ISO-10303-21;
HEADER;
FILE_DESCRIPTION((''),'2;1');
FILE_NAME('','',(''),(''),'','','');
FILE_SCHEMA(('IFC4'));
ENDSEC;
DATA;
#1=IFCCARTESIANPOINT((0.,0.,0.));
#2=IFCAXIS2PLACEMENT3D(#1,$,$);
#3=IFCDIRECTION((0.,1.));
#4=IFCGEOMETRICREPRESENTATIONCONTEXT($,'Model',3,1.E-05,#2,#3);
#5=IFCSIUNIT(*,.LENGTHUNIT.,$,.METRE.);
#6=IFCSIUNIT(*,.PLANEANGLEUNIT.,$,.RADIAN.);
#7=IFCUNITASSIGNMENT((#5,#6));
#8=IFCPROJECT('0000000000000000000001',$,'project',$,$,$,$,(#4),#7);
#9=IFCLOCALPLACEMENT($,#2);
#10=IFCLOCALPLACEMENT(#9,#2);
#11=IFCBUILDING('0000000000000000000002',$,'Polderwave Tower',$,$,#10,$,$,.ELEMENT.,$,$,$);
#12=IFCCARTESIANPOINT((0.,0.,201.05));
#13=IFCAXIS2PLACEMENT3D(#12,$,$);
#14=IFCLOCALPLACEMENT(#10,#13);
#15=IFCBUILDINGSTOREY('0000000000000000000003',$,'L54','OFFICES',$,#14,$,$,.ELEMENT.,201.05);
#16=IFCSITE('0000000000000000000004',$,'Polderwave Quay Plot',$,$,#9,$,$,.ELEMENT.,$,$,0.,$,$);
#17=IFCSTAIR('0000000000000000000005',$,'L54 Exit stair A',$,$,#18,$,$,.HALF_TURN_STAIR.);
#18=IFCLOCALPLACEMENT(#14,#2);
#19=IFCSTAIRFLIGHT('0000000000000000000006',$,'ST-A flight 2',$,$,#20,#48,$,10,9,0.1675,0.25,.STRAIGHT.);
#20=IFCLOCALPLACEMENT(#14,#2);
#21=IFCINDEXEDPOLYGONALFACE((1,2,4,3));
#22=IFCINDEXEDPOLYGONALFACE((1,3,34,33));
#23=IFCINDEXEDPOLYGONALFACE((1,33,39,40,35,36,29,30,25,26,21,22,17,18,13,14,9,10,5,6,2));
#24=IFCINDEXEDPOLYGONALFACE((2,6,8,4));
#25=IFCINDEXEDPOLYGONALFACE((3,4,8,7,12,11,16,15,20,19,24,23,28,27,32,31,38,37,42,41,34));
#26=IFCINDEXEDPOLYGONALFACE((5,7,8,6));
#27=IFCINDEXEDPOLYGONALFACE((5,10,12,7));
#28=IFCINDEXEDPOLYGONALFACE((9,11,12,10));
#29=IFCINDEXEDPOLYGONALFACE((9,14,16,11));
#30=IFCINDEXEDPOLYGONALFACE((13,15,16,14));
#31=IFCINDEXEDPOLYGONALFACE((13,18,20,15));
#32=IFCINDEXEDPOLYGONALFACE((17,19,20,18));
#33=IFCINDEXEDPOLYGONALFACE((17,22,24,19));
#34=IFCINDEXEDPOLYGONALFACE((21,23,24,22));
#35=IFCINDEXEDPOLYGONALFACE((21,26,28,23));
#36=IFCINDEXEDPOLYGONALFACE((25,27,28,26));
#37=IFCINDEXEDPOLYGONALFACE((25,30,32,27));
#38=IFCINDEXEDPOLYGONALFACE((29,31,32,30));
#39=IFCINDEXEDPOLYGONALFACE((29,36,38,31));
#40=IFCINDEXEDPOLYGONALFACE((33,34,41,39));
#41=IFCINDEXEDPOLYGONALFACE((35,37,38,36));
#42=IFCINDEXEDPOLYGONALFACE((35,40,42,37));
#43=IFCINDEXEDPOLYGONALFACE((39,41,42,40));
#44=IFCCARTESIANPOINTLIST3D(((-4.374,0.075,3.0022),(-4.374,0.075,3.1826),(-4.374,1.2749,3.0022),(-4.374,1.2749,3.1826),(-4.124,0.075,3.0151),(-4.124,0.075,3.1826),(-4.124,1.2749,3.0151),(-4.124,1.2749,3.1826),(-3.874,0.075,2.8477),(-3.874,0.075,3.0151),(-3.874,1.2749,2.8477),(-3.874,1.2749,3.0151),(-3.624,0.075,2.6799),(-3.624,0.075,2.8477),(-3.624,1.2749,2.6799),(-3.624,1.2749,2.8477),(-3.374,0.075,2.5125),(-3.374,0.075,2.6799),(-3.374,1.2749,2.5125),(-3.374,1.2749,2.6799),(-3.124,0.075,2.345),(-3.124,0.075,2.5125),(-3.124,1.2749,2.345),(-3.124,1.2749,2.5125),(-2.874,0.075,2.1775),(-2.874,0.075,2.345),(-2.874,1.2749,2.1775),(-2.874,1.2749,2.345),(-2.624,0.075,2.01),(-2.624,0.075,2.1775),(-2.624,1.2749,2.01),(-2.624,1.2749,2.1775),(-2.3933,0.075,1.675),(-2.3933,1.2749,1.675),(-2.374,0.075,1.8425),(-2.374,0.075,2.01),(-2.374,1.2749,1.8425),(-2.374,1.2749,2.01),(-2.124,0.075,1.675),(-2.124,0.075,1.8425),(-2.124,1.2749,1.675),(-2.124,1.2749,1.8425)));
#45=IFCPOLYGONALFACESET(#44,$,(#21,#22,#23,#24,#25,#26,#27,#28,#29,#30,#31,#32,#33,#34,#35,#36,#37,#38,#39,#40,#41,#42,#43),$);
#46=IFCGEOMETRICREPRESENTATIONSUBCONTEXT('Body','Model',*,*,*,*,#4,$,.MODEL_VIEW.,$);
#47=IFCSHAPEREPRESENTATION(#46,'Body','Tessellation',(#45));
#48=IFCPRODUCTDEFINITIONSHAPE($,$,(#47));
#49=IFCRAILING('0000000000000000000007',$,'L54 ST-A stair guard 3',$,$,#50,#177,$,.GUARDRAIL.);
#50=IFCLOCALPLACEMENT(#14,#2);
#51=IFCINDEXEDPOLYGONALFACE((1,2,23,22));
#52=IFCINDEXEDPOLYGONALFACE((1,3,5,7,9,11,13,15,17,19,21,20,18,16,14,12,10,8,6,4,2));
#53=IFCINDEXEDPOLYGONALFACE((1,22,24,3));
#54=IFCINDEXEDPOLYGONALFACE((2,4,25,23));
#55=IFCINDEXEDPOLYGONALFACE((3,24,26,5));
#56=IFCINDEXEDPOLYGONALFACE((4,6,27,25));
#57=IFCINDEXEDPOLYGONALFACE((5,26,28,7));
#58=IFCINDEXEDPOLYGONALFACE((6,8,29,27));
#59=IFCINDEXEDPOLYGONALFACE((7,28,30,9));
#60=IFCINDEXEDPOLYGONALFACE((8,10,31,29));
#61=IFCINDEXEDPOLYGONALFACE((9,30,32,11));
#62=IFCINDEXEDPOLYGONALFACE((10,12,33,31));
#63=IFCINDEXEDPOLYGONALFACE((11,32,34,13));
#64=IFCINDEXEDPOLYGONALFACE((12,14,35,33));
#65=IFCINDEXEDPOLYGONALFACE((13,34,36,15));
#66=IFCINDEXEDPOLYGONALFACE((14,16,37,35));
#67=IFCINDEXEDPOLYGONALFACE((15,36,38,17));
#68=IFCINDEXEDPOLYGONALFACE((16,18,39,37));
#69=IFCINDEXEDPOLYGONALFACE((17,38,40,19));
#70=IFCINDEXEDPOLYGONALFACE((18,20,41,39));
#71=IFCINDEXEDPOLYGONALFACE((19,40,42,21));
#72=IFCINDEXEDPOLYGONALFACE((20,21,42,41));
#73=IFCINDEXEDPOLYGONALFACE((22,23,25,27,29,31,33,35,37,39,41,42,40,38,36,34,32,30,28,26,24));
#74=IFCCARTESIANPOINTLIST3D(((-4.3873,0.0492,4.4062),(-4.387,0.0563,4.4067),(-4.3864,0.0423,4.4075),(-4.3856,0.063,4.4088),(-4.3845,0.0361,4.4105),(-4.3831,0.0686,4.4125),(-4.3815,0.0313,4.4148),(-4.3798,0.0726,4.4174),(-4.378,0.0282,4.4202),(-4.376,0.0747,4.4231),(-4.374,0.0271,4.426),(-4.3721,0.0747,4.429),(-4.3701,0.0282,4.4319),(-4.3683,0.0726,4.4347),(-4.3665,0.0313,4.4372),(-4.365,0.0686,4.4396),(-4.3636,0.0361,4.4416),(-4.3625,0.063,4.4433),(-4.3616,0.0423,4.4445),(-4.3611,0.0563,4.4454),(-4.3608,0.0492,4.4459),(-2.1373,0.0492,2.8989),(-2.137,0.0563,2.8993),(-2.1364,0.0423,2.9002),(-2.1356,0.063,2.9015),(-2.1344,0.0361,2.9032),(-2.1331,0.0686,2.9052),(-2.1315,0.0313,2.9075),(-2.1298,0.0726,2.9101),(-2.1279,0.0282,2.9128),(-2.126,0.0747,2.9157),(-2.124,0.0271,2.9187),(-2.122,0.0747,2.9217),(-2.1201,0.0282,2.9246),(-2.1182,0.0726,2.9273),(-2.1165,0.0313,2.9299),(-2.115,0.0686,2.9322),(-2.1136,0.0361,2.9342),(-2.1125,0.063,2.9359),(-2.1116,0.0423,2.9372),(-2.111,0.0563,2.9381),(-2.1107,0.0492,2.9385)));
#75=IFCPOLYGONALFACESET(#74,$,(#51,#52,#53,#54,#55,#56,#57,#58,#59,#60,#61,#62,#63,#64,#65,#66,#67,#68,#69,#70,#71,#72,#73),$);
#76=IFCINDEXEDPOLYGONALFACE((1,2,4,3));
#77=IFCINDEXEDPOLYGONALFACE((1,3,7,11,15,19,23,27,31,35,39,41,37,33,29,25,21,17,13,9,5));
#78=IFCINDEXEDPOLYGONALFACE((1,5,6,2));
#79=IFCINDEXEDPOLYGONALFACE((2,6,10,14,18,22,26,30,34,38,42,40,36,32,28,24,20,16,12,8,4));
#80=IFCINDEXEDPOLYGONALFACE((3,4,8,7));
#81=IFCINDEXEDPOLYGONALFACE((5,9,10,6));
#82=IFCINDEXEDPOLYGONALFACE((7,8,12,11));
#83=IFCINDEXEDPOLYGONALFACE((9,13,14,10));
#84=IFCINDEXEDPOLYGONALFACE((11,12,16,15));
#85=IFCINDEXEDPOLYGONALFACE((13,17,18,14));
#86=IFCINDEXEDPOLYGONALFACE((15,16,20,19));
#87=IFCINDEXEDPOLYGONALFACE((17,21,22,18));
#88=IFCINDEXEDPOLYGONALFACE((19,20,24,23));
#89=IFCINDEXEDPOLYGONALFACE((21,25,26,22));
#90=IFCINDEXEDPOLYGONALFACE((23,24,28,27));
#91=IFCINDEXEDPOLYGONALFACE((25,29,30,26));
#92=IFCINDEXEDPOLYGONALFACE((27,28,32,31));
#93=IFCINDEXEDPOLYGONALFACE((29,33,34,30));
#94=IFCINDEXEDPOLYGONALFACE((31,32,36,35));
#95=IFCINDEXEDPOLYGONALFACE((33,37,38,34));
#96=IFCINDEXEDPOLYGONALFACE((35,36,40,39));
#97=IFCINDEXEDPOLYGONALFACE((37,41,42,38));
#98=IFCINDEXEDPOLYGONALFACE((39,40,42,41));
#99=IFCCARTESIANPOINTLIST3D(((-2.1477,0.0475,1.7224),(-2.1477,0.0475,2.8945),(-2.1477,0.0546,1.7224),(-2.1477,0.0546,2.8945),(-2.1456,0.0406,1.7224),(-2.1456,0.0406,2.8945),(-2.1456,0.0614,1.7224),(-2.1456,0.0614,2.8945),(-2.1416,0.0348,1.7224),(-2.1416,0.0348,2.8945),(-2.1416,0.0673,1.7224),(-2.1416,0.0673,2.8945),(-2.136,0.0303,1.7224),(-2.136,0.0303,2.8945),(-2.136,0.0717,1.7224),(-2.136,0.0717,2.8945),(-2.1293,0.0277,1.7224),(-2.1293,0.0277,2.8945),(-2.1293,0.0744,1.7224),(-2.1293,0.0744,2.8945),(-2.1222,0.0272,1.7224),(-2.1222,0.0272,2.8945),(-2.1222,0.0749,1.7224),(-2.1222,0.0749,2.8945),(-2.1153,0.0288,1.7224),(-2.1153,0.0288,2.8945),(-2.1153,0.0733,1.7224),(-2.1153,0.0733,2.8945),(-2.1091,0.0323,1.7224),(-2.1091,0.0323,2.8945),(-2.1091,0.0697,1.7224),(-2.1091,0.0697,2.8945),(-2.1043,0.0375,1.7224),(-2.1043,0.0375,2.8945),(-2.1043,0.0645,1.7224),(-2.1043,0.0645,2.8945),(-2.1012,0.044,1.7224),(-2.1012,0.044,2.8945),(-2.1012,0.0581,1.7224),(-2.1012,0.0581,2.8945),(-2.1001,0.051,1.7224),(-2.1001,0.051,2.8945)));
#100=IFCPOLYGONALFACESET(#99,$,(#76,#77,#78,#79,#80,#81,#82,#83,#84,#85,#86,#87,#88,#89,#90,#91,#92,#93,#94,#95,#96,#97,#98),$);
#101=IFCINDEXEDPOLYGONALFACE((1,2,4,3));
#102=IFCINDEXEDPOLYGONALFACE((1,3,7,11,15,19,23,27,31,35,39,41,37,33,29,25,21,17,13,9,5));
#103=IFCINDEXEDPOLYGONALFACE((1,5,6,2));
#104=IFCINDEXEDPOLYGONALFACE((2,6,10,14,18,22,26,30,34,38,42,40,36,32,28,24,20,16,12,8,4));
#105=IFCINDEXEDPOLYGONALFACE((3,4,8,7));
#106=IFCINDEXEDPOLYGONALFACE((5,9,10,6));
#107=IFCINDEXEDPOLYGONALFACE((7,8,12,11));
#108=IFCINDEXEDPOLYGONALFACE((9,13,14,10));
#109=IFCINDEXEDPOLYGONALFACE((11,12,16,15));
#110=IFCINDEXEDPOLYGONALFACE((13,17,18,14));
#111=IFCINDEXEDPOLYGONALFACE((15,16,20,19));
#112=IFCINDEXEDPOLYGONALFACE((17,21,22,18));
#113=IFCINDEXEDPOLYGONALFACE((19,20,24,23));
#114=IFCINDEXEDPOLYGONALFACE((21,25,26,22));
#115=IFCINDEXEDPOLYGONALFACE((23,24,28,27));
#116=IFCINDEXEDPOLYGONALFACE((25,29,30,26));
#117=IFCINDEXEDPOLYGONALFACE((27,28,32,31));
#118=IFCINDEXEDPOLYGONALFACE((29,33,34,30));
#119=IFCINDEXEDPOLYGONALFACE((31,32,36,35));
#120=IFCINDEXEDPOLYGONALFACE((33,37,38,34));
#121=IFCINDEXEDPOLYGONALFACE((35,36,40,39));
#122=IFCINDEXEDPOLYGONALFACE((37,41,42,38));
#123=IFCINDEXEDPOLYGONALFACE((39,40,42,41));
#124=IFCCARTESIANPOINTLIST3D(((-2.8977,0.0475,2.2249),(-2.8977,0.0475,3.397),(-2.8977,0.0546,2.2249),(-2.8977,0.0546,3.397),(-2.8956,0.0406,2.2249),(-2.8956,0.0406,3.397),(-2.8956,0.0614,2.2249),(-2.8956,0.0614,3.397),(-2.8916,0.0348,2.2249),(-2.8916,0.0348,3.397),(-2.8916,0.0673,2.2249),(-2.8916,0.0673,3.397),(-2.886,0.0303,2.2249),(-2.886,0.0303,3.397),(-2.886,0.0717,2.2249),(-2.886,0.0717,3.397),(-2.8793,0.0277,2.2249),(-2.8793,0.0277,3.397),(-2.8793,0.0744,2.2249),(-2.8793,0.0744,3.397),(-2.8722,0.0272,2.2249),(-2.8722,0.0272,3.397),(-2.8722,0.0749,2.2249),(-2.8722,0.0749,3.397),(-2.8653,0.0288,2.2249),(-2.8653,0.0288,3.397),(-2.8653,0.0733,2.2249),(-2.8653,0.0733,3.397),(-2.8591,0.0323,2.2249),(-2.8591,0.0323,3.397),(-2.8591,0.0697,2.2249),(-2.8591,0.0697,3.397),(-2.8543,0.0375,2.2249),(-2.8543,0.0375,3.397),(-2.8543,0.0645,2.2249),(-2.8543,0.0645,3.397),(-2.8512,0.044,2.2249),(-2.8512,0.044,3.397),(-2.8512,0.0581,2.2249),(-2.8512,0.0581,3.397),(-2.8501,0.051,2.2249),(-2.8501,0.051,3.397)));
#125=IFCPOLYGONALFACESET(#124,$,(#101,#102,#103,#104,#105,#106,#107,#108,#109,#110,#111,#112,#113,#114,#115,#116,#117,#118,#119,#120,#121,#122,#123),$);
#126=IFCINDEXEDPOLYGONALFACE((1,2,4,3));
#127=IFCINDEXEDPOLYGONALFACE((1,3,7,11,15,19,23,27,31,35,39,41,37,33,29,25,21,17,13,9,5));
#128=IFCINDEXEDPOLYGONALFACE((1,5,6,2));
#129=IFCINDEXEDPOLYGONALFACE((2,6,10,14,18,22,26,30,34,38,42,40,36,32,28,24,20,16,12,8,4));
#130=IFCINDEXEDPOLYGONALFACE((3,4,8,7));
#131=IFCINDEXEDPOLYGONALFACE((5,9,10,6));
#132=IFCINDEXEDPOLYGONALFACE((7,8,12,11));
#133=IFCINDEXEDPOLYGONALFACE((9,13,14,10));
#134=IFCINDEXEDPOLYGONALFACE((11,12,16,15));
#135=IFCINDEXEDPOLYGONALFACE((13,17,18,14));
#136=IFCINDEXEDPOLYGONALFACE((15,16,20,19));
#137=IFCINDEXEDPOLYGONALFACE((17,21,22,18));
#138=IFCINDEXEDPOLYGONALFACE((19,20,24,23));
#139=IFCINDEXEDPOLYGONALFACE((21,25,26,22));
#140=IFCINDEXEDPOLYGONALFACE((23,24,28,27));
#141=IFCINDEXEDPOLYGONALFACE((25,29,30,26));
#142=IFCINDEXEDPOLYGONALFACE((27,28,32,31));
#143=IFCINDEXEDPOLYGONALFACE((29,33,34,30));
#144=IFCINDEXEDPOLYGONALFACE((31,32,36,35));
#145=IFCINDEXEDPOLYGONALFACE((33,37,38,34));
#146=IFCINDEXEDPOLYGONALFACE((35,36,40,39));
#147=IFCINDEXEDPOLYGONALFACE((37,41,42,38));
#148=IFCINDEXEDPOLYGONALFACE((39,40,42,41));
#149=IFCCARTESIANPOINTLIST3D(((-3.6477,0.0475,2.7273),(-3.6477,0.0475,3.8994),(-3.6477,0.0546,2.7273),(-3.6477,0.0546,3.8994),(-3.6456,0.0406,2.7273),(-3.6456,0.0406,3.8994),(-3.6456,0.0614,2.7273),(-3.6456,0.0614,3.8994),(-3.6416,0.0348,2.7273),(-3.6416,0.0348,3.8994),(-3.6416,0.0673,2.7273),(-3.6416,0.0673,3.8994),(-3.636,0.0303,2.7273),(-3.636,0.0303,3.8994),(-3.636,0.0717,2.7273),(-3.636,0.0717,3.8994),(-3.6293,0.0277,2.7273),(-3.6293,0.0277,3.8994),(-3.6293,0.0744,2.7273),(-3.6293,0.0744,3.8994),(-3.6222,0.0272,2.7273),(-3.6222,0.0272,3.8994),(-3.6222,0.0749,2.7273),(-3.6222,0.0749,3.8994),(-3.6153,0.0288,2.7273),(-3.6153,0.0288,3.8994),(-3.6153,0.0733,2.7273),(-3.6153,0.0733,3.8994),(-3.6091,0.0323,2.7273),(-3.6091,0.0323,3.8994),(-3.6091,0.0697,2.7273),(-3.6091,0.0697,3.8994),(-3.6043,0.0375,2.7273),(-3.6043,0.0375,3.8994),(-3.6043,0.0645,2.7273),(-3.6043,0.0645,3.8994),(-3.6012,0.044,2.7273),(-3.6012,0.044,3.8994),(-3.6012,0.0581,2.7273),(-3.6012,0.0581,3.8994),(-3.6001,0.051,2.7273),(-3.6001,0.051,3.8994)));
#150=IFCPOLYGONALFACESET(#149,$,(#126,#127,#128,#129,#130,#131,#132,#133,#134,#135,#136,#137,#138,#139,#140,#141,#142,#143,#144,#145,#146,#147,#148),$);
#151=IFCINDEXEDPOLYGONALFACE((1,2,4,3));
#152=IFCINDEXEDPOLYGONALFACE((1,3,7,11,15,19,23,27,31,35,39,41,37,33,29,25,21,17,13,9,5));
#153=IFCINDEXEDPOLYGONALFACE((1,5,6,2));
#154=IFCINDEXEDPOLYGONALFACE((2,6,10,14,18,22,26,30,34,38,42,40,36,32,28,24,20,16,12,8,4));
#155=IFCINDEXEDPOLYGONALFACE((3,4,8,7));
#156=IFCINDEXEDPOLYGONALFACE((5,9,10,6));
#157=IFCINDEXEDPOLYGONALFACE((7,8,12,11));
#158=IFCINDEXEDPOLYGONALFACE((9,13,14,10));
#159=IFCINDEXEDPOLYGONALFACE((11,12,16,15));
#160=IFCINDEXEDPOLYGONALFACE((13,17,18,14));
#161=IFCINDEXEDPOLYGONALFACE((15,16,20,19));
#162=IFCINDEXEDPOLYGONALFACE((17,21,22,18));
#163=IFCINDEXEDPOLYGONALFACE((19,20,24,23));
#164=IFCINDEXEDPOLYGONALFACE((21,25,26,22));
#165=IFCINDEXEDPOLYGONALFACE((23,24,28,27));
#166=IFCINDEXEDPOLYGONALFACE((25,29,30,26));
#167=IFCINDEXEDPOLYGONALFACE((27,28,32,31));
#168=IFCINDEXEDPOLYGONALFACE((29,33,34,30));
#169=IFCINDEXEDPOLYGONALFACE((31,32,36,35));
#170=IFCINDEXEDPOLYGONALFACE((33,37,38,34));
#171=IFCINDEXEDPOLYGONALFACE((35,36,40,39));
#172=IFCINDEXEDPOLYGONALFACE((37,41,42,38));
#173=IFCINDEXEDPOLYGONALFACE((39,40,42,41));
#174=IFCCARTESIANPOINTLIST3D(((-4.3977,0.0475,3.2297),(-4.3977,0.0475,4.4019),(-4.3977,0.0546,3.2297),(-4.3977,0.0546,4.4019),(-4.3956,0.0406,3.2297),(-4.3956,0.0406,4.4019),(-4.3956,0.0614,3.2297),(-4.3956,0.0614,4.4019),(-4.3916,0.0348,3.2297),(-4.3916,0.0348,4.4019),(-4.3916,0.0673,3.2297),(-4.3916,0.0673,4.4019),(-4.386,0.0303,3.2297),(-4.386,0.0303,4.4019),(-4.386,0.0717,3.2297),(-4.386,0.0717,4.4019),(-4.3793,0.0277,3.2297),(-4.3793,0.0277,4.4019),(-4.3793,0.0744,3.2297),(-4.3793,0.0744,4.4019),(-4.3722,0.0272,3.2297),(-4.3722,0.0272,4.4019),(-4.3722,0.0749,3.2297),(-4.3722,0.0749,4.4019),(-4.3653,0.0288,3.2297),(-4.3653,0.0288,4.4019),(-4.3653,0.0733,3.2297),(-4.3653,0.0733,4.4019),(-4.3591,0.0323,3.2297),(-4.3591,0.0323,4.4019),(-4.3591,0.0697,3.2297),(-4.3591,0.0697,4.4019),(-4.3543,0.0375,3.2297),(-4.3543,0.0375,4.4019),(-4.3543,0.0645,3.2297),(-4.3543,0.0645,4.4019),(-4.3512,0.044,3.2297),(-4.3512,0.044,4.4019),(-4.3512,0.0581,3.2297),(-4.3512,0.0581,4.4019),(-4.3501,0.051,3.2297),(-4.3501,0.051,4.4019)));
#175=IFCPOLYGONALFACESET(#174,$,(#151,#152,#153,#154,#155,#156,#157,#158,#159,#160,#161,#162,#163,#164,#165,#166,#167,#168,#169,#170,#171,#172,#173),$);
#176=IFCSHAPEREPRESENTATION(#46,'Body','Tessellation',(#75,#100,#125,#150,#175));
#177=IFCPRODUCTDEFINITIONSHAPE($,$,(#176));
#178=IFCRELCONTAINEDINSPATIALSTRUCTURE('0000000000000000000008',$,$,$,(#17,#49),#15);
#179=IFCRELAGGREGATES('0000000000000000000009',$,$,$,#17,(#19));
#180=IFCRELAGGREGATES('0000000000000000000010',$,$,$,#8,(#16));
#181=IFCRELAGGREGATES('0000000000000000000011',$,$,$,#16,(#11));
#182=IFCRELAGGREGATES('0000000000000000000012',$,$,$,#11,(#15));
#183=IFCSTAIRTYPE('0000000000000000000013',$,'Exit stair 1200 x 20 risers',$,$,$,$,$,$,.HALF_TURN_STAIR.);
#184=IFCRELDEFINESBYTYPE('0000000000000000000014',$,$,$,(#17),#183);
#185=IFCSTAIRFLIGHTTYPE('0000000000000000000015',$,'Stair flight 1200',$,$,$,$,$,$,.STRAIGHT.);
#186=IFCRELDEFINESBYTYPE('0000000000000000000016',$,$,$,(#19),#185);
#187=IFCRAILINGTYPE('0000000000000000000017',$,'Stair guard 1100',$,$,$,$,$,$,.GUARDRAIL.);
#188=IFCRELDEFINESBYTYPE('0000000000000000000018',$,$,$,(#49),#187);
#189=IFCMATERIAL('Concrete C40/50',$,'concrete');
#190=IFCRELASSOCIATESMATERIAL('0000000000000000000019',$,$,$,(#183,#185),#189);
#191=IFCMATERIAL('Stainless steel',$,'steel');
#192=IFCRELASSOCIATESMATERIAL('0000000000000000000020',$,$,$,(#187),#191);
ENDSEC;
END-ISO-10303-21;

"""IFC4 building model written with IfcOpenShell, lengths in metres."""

from ifc_helpers import new_model, si_unit, direction, frame, origin, origin_2d, place, context, subcontext, project, spatial, polyline, circle, outline, extrude, material, type_object, element, aggregate, save


model = new_model("IFC4")

# Units and contexts
model_context = context("Model", 3, precision=1e-05, world=origin(), true_north=direction((0.0, 1.0)))
body_context = subcontext(model_context, "Body", "Model", "MODEL_VIEW")
ifc_project = project(units=[si_unit("LENGTHUNIT", "METRE"), si_unit("PLANEANGLEUNIT", "RADIAN")], contexts=[model_context])

# Site, building, storey
site_placement = place(None, origin())
site = spatial("IfcSite", under=ifc_project, at=site_placement, Name="Polderwave Quay Plot", CompositionType="ELEMENT", RefElevation=0.0)
building_placement = place(site_placement, origin())
building = spatial("IfcBuilding", under=site, at=building_placement, Name="Polderwave Tower", CompositionType="ELEMENT")
storey_placement = place(building_placement, frame((0.0, 0.0, 201.05)))
storey = spatial("IfcBuildingStorey", under=building, at=storey_placement, Name="L54", Description="OFFICES", CompositionType="ELEMENT", Elevation=201.05)

# Shared definitions
ifc_material_1 = material(Name="Concrete C40/50", Category="concrete")

# Stair
stair_type = type_object("IfcStairType", Name="Exit stair 1200 x 20 risers", PredefinedType="HALF_TURN_STAIR", material=ifc_material_1)
stair_1_placement = place(storey_placement, origin())
stair_1 = element("IfcStair", 1, at=stair_1_placement, inside=storey, type_object=stair_type, Name="L54 Exit stair A", PredefinedType="HALF_TURN_STAIR")

# Shared definitions
ifc_material_2 = material(Name="Stainless steel", Category="steel")

# Stair flight
stair_flight_type = type_object("IfcStairFlightType", Name="Stair flight 1200", PredefinedType="STRAIGHT", material=ifc_material_1)
stair_flight_placement = place(storey_placement, frame((-2.124, 0.675, 1.675), z_axis=(0.0, 0.0, 1.0), x_axis=(-1.0, 0.0, 0.0)))
stair_flight = element("IfcStairFlight", 2, at=stair_flight_placement, type_object=stair_flight_type, Name="ST-A flight 2", NumberOfRisers=10, NumberOfTreads=9, PredefinedType="STRAIGHT", RiserHeight=0.1675, TreadLength=0.25, context=body_context, shape_type="SweptSolid", body=[
    extrude(outline(polyline([(0.0, 0.0), (0.0, 0.1675), (0.25, 0.1675), (0.25, 0.335), (0.5, 0.335), (0.5, 0.5024), (0.75, 0.5024), (0.75, 0.6699), (1.0, 0.6699), (1.0, 0.8374), (1.25, 0.8374), (1.25, 1.0049), (1.5, 1.0049), (1.5, 1.1726), (1.75, 1.1726), (1.75, 1.3401), (2.0, 1.3401), (2.0, 1.5076), (2.25, 1.5076), (2.25, 1.675), (2.25, 1.3271), (0.2693, 0.0), (0.0, 0.0)])), frame((0.0, 0.6001, 0.0), z_axis=(0.0, -1.0, 0.0), x_axis=(1.0, 0.0, 0.0)), (0.0, 0.0, 1.0), 1.2),
])
aggregate(stair_1, [stair_flight])

# Railing
railing_type_1 = type_object("IfcRailingType", Name="Stair guard 1100", PredefinedType="GUARDRAIL", material=ifc_material_2)
railing_1_placement = place(storey_placement, frame((-2.124, 0.051, 1.7224)))
element("IfcRailing", 3, at=railing_1_placement, inside=storey, type_object=railing_type_1, Name="L54 ST-A stair guard 3", PredefinedType="GUARDRAIL", context=body_context, shape_type="SweptSolid", body=[
    extrude(circle(Radius=0.0239, at=origin_2d()), frame((0.0, 0.0, 1.1963), z_axis=(-0.8308, 0.0, 0.556571), x_axis=(0.0, -1.0, 0.0)), (0.0, 0.0, 1.0), 2.7083),
    extrude(circle(Radius=0.0239, at=origin_2d()), origin(), (0.0, 0.0, 1.0), 1.1721),
    extrude(circle(Radius=0.0239, at=origin_2d()), frame((-0.75, 0.0, 0.5024)), (0.0, 0.0, 1.0), 1.1721),
    extrude(circle(Radius=0.0239, at=origin_2d()), frame((-1.5, 0.0, 1.0049)), (0.0, 0.0, 1.0), 1.1721),
    extrude(circle(Radius=0.0239, at=origin_2d()), frame((-2.25, 0.0, 1.5073)), (0.0, 0.0, 1.0), 1.1721),
])

save(model, "model.ifc")
